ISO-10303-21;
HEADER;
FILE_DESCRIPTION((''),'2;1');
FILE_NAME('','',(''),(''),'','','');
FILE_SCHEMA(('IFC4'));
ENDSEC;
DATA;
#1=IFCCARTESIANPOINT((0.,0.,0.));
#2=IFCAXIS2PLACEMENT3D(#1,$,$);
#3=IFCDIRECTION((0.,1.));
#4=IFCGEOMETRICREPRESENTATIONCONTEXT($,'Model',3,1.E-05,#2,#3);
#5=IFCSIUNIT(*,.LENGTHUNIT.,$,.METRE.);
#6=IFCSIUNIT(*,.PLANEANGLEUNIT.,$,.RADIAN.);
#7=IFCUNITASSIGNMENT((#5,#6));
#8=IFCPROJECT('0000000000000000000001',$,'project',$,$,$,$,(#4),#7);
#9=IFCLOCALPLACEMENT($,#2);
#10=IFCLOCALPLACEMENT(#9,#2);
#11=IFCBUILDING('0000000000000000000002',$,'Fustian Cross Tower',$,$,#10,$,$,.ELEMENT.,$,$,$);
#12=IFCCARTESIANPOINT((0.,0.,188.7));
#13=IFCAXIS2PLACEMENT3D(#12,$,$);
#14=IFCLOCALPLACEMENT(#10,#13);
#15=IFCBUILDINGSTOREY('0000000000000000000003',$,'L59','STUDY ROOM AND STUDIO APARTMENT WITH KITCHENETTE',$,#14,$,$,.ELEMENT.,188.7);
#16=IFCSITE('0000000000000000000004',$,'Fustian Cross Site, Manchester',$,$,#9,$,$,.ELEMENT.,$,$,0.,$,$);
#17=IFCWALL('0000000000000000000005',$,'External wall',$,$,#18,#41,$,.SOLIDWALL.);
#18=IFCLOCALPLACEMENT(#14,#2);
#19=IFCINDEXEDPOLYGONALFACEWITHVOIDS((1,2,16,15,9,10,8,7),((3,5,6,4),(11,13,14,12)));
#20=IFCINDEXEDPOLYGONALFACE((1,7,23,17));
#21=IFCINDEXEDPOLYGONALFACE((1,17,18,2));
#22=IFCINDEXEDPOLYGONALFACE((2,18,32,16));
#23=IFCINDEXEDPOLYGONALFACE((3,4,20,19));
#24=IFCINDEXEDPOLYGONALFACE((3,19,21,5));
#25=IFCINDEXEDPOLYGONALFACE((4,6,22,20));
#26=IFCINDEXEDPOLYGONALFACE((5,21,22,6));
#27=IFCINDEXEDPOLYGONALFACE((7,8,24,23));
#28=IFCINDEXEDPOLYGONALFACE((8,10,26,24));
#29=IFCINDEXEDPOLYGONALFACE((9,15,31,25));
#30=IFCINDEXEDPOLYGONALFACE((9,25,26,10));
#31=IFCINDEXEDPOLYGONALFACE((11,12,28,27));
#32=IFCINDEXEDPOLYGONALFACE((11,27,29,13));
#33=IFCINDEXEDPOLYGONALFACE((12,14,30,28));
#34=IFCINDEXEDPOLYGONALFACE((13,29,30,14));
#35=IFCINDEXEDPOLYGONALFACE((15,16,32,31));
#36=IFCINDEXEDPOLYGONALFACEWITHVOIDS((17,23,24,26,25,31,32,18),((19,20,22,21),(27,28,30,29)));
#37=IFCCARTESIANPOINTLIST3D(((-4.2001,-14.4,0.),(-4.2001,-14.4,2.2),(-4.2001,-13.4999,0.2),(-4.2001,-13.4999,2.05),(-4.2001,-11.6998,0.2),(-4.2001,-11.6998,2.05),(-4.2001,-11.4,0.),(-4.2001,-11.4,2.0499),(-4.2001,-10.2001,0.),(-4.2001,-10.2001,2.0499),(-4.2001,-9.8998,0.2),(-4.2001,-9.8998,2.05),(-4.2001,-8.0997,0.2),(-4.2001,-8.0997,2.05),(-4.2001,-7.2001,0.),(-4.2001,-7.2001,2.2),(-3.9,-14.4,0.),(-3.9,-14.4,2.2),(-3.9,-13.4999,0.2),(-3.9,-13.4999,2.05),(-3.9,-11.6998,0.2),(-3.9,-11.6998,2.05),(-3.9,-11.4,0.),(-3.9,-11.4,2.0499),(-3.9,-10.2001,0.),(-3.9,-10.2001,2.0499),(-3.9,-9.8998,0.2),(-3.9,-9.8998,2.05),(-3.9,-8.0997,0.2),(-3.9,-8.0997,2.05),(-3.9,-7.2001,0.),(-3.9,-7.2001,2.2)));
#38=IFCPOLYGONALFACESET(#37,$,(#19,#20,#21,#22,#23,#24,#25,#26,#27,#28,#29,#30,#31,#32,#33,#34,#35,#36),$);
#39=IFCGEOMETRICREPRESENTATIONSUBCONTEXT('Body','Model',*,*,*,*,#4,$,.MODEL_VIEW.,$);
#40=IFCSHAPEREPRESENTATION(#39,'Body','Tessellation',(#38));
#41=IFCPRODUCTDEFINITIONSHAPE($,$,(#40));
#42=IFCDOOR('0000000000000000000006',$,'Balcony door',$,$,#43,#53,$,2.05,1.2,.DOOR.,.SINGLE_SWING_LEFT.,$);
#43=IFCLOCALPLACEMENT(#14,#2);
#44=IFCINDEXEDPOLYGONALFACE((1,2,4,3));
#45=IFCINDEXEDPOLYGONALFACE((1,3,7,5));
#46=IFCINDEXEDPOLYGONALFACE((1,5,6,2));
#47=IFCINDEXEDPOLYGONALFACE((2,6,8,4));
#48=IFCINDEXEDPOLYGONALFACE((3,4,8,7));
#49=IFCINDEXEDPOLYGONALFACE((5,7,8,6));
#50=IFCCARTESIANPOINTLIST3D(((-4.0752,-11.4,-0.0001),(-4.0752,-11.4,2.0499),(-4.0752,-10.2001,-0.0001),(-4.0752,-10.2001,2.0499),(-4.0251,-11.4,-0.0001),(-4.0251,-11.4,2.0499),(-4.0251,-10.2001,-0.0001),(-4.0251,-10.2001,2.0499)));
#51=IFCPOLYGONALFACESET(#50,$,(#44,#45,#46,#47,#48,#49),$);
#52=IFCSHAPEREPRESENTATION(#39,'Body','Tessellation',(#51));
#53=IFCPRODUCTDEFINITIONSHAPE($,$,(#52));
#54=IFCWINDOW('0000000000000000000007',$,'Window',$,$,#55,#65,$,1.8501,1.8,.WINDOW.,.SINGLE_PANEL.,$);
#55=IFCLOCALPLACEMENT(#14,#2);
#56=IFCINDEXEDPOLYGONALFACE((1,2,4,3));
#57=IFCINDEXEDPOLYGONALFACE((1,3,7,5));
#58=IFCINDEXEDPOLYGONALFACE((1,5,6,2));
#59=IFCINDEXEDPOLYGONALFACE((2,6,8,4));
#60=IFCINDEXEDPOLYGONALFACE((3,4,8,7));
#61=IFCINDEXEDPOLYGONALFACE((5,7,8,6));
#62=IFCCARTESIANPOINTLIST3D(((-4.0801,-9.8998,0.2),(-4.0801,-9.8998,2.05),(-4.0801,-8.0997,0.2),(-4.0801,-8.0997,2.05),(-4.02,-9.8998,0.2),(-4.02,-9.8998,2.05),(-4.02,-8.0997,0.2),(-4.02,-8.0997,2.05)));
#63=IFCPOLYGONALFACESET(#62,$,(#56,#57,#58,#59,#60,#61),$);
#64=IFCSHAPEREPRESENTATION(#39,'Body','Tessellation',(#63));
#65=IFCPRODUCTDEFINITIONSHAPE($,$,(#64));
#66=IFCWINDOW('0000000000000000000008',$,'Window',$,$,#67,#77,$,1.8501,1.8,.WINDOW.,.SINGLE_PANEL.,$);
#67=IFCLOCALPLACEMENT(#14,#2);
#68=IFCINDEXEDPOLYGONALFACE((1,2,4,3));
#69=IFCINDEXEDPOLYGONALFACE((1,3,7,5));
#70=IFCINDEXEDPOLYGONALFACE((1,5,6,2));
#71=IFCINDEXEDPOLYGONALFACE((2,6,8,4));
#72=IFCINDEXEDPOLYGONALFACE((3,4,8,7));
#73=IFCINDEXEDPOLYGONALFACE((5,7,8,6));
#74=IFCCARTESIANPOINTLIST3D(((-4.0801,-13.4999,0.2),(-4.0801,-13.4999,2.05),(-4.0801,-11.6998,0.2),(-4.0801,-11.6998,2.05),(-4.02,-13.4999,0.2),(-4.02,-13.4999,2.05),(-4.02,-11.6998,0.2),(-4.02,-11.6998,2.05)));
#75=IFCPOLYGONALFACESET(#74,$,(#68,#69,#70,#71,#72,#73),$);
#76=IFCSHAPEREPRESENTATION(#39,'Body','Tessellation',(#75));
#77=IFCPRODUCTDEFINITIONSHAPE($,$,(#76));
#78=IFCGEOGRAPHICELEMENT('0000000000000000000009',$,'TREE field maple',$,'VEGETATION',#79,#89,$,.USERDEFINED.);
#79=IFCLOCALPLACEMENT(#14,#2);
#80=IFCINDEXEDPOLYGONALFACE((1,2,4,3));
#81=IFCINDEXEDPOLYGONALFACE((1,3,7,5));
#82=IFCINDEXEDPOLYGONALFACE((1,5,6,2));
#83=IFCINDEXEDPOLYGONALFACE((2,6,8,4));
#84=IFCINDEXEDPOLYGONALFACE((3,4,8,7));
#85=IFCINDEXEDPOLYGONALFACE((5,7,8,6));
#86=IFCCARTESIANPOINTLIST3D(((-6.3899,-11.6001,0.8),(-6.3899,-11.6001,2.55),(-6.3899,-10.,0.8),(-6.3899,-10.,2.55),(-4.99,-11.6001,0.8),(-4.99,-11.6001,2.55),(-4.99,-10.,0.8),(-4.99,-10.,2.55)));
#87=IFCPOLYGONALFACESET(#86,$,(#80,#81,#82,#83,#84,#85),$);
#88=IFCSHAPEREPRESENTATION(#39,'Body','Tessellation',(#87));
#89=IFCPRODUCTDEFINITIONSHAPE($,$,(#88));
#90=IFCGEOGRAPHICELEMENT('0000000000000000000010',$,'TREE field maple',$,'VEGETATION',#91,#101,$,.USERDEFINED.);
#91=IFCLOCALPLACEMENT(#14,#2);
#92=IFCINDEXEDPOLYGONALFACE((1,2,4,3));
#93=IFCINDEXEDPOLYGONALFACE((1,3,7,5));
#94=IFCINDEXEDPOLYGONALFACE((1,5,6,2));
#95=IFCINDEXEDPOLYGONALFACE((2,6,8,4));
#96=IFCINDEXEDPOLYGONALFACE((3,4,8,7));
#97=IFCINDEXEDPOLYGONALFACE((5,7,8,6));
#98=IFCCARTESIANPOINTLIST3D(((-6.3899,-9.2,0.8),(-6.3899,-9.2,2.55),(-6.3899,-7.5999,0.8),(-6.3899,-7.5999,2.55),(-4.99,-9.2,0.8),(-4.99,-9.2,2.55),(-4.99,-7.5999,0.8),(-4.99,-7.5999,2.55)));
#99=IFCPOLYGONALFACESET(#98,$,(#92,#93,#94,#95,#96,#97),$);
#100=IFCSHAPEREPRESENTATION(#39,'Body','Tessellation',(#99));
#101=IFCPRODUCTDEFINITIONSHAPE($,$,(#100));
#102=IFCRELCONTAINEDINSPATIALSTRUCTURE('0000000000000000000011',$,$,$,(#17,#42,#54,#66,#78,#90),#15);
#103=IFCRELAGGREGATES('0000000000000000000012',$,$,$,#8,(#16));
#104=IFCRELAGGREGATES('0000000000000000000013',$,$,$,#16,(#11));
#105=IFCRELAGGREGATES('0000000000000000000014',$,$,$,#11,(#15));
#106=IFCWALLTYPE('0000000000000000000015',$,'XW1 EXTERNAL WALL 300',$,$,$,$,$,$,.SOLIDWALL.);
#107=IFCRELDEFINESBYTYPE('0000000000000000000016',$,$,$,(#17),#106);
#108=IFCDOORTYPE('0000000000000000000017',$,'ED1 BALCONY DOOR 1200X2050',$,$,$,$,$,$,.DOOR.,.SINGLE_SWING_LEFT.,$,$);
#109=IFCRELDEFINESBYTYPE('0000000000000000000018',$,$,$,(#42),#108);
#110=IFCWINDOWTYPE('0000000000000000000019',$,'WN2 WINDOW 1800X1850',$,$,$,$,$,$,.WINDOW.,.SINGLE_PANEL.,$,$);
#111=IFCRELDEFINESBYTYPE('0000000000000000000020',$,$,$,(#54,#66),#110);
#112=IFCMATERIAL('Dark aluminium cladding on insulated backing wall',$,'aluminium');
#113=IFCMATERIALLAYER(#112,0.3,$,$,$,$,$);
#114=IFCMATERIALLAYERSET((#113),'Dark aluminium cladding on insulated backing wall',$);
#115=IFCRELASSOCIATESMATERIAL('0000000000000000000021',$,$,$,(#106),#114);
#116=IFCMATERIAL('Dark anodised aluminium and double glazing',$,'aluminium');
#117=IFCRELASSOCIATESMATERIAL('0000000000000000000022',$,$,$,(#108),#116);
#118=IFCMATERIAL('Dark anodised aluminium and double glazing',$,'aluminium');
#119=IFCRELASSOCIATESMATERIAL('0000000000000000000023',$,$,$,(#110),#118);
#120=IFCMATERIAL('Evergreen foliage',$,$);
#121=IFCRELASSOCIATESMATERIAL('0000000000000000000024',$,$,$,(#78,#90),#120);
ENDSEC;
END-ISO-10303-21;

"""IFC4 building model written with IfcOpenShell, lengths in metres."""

from ifc_helpers import new_model, si_unit, direction, frame, frame_2d, origin, origin_2d, place, context, subcontext, project, spatial, rectangle, extrude, material, layer, layer_set, type_object, element, fill, save


model = new_model("IFC4")

# Units and contexts
model_context = context("Model", 3, precision=1e-05, world=origin(), true_north=direction((0.0, 1.0)))
body_context = subcontext(model_context, "Body", "Model", "MODEL_VIEW")
ifc_project = project(units=[si_unit("LENGTHUNIT", "METRE"), si_unit("PLANEANGLEUNIT", "RADIAN")], contexts=[model_context])

# Site, building, storey
site_placement = place(None, origin())
site = spatial("IfcSite", under=ifc_project, at=site_placement, Name="Fustian Cross Site, Manchester", CompositionType="ELEMENT", RefElevation=0.0)
building_placement = place(site_placement, origin())
building = spatial("IfcBuilding", under=site, at=building_placement, Name="Fustian Cross Tower", CompositionType="ELEMENT")
storey_placement = place(building_placement, frame((0.0, 0.0, 188.7)))
storey = spatial("IfcBuildingStorey", under=building, at=storey_placement, Name="L59", Description="STUDY ROOM AND STUDIO APARTMENT WITH KITCHENETTE", CompositionType="ELEMENT", Elevation=188.7)

# Shared definitions
ifc_material_1 = material(Name="Dark aluminium cladding on insulated backing wall", Category="aluminium")
ifc_layer_1 = layer(ifc_material_1, 0.3)
ifc_layer_set_1 = layer_set([ifc_layer_1], Name="Dark aluminium cladding on insulated backing wall")
wall_type_1 = type_object("IfcWallType", Name="XW1 EXTERNAL WALL 300", PredefinedType="SOLIDWALL", material=ifc_layer_set_1)

# Wall, openings, door, windows
wall_1_placement = place(storey_placement, frame((-4.05, -7.2, 0.0), z_axis=(0.0, 0.0, 1.0), x_axis=(0.0, -1.0, 0.0)))
wall_1 = element("IfcWall", 1, at=wall_1_placement, inside=storey, type_object=wall_type_1, Name="External wall", PredefinedType="SOLIDWALL", context=body_context, shape_type="SweptSolid", body=[
    extrude(rectangle(XDim=7.2, YDim=0.3, at=frame_2d((3.6001, 0.0))), origin(), (0.0, 0.0, 1.0), 2.2),
])
opening_1_placement = place(wall_1_placement, frame((3.0, 0.0, 0.0)))
opening_1 = element("IfcOpeningElement", 2, at=opening_1_placement, cuts=wall_1, PredefinedType="OPENING", context=body_context, shape_type="SweptSolid", body=[
    extrude(rectangle(XDim=1.2, YDim=2.05, at=frame_2d((0.6001, 1.0249))), frame((0.0, 0.1599, 0.0), z_axis=(0.0, -1.0, 0.0), x_axis=(1.0, 0.0, 0.0)), (0.0, 0.0, 1.0), 0.3201),
])
opening_2_placement = place(wall_1_placement, frame((0.8999, 0.0, 0.2)))
opening_2 = element("IfcOpeningElement", 3, at=opening_2_placement, cuts=wall_1, PredefinedType="OPENING", context=body_context, shape_type="SweptSolid", body=[
    extrude(rectangle(XDim=1.8, YDim=1.8501, at=frame_2d((0.8999, 0.925))), frame((0.0, 0.1599, 0.0), z_axis=(0.0, -1.0, 0.0), x_axis=(1.0, 0.0, 0.0)), (0.0, 0.0, 1.0), 0.3201),
])
opening_3_placement = place(wall_1_placement, frame((4.5, 0.0, 0.2)))
opening_3 = element("IfcOpeningElement", 4, at=opening_3_placement, cuts=wall_1, PredefinedType="OPENING", context=body_context, shape_type="SweptSolid", body=[
    extrude(rectangle(XDim=1.8, YDim=1.8501, at=frame_2d((0.8999, 0.925))), frame((0.0, 0.1599, 0.0), z_axis=(0.0, -1.0, 0.0), x_axis=(1.0, 0.0, 0.0)), (0.0, 0.0, 1.0), 0.3201),
])
ifc_material_2 = material(Name="Dark anodised aluminium and double glazing", Category="aluminium")
door_type_1 = type_object("IfcDoorType", Name="ED1 BALCONY DOOR 1200X2050", OperationType="SINGLE_SWING_LEFT", PredefinedType="DOOR", material=ifc_material_2)
door_1_placement = place(opening_1_placement, origin())
door_1 = element("IfcDoor", 5, at=door_1_placement, inside=storey, type_object=door_type_1, Name="Balcony door", OperationType="SINGLE_SWING_LEFT", OverallHeight=2.05, OverallWidth=1.2, PredefinedType="DOOR", context=body_context, shape_type="SweptSolid", body=[
    extrude(rectangle(XDim=1.2, YDim=2.05, at=frame_2d((0.6001, 1.0249))), frame((0.0, 0.0249, 0.0), z_axis=(0.0, -1.0, 0.0), x_axis=(1.0, 0.0, 0.0)), (0.0, 0.0, 1.0), 0.05),
])
fill(opening_1, door_1)
ifc_material_3 = material(Name="Dark anodised aluminium and double glazing", Category="aluminium")
window_type = type_object("IfcWindowType", Name="WN2 WINDOW 1800X1850", PartitioningType="SINGLE_PANEL", PredefinedType="WINDOW", material=ifc_material_3)
window_1_placement = place(opening_2_placement, origin())
window_1 = element("IfcWindow", 6, at=window_1_placement, inside=storey, type_object=window_type, Name="Window", OverallHeight=1.8501, OverallWidth=1.8, PartitioningType="SINGLE_PANEL", PredefinedType="WINDOW", context=body_context, shape_type="SweptSolid", body=[
    extrude(rectangle(XDim=1.8, YDim=1.8501, at=frame_2d((0.8999, 0.925))), frame((0.0, 0.03, 0.0), z_axis=(0.0, -1.0, 0.0), x_axis=(1.0, 0.0, 0.0)), (0.0, 0.0, 1.0), 0.0601),
])
fill(opening_2, window_1)
window_2_placement = place(opening_3_placement, origin())
window_2 = element("IfcWindow", 7, at=window_2_placement, inside=storey, type_object=window_type, Name="Window", OverallHeight=1.8501, OverallWidth=1.8, PartitioningType="SINGLE_PANEL", PredefinedType="WINDOW", context=body_context, shape_type="SweptSolid", body=[
    extrude(rectangle(XDim=1.8, YDim=1.8501, at=frame_2d((0.8999, 0.925))), frame((0.0, 0.03, 0.0), z_axis=(0.0, -1.0, 0.0), x_axis=(1.0, 0.0, 0.0)), (0.0, 0.0, 1.0), 0.0601),
])
fill(opening_3, window_2)

# Geographic elements
ifc_material_4 = material(Name="Evergreen foliage")
for number, where, z_axis, x_axis, name in (
    (8, (-5.6899, -10.8, 0.8), (0.0, 0.0, 1.0), (1.0, 0.0, 0.0), "TREE field maple"),
    (9, (-5.6899, -8.3999, 0.8), (0.0, 0.0, 1.0), (1.0, 0.0, 0.0), "TREE field maple"),
):
    element("IfcGeographicElement", number, at=place(storey_placement, frame(where, z_axis=z_axis, x_axis=x_axis)), inside=storey, material=ifc_material_4, Name=name, ObjectType="VEGETATION", PredefinedType="USERDEFINED", context=body_context, shape_type="SweptSolid", body=[
        extrude(rectangle(XDim=1.3999, YDim=1.6001, at=origin_2d()), origin(), (0.0, 0.0, 1.0), 1.75),
    ])

save(model, "model.ifc")
